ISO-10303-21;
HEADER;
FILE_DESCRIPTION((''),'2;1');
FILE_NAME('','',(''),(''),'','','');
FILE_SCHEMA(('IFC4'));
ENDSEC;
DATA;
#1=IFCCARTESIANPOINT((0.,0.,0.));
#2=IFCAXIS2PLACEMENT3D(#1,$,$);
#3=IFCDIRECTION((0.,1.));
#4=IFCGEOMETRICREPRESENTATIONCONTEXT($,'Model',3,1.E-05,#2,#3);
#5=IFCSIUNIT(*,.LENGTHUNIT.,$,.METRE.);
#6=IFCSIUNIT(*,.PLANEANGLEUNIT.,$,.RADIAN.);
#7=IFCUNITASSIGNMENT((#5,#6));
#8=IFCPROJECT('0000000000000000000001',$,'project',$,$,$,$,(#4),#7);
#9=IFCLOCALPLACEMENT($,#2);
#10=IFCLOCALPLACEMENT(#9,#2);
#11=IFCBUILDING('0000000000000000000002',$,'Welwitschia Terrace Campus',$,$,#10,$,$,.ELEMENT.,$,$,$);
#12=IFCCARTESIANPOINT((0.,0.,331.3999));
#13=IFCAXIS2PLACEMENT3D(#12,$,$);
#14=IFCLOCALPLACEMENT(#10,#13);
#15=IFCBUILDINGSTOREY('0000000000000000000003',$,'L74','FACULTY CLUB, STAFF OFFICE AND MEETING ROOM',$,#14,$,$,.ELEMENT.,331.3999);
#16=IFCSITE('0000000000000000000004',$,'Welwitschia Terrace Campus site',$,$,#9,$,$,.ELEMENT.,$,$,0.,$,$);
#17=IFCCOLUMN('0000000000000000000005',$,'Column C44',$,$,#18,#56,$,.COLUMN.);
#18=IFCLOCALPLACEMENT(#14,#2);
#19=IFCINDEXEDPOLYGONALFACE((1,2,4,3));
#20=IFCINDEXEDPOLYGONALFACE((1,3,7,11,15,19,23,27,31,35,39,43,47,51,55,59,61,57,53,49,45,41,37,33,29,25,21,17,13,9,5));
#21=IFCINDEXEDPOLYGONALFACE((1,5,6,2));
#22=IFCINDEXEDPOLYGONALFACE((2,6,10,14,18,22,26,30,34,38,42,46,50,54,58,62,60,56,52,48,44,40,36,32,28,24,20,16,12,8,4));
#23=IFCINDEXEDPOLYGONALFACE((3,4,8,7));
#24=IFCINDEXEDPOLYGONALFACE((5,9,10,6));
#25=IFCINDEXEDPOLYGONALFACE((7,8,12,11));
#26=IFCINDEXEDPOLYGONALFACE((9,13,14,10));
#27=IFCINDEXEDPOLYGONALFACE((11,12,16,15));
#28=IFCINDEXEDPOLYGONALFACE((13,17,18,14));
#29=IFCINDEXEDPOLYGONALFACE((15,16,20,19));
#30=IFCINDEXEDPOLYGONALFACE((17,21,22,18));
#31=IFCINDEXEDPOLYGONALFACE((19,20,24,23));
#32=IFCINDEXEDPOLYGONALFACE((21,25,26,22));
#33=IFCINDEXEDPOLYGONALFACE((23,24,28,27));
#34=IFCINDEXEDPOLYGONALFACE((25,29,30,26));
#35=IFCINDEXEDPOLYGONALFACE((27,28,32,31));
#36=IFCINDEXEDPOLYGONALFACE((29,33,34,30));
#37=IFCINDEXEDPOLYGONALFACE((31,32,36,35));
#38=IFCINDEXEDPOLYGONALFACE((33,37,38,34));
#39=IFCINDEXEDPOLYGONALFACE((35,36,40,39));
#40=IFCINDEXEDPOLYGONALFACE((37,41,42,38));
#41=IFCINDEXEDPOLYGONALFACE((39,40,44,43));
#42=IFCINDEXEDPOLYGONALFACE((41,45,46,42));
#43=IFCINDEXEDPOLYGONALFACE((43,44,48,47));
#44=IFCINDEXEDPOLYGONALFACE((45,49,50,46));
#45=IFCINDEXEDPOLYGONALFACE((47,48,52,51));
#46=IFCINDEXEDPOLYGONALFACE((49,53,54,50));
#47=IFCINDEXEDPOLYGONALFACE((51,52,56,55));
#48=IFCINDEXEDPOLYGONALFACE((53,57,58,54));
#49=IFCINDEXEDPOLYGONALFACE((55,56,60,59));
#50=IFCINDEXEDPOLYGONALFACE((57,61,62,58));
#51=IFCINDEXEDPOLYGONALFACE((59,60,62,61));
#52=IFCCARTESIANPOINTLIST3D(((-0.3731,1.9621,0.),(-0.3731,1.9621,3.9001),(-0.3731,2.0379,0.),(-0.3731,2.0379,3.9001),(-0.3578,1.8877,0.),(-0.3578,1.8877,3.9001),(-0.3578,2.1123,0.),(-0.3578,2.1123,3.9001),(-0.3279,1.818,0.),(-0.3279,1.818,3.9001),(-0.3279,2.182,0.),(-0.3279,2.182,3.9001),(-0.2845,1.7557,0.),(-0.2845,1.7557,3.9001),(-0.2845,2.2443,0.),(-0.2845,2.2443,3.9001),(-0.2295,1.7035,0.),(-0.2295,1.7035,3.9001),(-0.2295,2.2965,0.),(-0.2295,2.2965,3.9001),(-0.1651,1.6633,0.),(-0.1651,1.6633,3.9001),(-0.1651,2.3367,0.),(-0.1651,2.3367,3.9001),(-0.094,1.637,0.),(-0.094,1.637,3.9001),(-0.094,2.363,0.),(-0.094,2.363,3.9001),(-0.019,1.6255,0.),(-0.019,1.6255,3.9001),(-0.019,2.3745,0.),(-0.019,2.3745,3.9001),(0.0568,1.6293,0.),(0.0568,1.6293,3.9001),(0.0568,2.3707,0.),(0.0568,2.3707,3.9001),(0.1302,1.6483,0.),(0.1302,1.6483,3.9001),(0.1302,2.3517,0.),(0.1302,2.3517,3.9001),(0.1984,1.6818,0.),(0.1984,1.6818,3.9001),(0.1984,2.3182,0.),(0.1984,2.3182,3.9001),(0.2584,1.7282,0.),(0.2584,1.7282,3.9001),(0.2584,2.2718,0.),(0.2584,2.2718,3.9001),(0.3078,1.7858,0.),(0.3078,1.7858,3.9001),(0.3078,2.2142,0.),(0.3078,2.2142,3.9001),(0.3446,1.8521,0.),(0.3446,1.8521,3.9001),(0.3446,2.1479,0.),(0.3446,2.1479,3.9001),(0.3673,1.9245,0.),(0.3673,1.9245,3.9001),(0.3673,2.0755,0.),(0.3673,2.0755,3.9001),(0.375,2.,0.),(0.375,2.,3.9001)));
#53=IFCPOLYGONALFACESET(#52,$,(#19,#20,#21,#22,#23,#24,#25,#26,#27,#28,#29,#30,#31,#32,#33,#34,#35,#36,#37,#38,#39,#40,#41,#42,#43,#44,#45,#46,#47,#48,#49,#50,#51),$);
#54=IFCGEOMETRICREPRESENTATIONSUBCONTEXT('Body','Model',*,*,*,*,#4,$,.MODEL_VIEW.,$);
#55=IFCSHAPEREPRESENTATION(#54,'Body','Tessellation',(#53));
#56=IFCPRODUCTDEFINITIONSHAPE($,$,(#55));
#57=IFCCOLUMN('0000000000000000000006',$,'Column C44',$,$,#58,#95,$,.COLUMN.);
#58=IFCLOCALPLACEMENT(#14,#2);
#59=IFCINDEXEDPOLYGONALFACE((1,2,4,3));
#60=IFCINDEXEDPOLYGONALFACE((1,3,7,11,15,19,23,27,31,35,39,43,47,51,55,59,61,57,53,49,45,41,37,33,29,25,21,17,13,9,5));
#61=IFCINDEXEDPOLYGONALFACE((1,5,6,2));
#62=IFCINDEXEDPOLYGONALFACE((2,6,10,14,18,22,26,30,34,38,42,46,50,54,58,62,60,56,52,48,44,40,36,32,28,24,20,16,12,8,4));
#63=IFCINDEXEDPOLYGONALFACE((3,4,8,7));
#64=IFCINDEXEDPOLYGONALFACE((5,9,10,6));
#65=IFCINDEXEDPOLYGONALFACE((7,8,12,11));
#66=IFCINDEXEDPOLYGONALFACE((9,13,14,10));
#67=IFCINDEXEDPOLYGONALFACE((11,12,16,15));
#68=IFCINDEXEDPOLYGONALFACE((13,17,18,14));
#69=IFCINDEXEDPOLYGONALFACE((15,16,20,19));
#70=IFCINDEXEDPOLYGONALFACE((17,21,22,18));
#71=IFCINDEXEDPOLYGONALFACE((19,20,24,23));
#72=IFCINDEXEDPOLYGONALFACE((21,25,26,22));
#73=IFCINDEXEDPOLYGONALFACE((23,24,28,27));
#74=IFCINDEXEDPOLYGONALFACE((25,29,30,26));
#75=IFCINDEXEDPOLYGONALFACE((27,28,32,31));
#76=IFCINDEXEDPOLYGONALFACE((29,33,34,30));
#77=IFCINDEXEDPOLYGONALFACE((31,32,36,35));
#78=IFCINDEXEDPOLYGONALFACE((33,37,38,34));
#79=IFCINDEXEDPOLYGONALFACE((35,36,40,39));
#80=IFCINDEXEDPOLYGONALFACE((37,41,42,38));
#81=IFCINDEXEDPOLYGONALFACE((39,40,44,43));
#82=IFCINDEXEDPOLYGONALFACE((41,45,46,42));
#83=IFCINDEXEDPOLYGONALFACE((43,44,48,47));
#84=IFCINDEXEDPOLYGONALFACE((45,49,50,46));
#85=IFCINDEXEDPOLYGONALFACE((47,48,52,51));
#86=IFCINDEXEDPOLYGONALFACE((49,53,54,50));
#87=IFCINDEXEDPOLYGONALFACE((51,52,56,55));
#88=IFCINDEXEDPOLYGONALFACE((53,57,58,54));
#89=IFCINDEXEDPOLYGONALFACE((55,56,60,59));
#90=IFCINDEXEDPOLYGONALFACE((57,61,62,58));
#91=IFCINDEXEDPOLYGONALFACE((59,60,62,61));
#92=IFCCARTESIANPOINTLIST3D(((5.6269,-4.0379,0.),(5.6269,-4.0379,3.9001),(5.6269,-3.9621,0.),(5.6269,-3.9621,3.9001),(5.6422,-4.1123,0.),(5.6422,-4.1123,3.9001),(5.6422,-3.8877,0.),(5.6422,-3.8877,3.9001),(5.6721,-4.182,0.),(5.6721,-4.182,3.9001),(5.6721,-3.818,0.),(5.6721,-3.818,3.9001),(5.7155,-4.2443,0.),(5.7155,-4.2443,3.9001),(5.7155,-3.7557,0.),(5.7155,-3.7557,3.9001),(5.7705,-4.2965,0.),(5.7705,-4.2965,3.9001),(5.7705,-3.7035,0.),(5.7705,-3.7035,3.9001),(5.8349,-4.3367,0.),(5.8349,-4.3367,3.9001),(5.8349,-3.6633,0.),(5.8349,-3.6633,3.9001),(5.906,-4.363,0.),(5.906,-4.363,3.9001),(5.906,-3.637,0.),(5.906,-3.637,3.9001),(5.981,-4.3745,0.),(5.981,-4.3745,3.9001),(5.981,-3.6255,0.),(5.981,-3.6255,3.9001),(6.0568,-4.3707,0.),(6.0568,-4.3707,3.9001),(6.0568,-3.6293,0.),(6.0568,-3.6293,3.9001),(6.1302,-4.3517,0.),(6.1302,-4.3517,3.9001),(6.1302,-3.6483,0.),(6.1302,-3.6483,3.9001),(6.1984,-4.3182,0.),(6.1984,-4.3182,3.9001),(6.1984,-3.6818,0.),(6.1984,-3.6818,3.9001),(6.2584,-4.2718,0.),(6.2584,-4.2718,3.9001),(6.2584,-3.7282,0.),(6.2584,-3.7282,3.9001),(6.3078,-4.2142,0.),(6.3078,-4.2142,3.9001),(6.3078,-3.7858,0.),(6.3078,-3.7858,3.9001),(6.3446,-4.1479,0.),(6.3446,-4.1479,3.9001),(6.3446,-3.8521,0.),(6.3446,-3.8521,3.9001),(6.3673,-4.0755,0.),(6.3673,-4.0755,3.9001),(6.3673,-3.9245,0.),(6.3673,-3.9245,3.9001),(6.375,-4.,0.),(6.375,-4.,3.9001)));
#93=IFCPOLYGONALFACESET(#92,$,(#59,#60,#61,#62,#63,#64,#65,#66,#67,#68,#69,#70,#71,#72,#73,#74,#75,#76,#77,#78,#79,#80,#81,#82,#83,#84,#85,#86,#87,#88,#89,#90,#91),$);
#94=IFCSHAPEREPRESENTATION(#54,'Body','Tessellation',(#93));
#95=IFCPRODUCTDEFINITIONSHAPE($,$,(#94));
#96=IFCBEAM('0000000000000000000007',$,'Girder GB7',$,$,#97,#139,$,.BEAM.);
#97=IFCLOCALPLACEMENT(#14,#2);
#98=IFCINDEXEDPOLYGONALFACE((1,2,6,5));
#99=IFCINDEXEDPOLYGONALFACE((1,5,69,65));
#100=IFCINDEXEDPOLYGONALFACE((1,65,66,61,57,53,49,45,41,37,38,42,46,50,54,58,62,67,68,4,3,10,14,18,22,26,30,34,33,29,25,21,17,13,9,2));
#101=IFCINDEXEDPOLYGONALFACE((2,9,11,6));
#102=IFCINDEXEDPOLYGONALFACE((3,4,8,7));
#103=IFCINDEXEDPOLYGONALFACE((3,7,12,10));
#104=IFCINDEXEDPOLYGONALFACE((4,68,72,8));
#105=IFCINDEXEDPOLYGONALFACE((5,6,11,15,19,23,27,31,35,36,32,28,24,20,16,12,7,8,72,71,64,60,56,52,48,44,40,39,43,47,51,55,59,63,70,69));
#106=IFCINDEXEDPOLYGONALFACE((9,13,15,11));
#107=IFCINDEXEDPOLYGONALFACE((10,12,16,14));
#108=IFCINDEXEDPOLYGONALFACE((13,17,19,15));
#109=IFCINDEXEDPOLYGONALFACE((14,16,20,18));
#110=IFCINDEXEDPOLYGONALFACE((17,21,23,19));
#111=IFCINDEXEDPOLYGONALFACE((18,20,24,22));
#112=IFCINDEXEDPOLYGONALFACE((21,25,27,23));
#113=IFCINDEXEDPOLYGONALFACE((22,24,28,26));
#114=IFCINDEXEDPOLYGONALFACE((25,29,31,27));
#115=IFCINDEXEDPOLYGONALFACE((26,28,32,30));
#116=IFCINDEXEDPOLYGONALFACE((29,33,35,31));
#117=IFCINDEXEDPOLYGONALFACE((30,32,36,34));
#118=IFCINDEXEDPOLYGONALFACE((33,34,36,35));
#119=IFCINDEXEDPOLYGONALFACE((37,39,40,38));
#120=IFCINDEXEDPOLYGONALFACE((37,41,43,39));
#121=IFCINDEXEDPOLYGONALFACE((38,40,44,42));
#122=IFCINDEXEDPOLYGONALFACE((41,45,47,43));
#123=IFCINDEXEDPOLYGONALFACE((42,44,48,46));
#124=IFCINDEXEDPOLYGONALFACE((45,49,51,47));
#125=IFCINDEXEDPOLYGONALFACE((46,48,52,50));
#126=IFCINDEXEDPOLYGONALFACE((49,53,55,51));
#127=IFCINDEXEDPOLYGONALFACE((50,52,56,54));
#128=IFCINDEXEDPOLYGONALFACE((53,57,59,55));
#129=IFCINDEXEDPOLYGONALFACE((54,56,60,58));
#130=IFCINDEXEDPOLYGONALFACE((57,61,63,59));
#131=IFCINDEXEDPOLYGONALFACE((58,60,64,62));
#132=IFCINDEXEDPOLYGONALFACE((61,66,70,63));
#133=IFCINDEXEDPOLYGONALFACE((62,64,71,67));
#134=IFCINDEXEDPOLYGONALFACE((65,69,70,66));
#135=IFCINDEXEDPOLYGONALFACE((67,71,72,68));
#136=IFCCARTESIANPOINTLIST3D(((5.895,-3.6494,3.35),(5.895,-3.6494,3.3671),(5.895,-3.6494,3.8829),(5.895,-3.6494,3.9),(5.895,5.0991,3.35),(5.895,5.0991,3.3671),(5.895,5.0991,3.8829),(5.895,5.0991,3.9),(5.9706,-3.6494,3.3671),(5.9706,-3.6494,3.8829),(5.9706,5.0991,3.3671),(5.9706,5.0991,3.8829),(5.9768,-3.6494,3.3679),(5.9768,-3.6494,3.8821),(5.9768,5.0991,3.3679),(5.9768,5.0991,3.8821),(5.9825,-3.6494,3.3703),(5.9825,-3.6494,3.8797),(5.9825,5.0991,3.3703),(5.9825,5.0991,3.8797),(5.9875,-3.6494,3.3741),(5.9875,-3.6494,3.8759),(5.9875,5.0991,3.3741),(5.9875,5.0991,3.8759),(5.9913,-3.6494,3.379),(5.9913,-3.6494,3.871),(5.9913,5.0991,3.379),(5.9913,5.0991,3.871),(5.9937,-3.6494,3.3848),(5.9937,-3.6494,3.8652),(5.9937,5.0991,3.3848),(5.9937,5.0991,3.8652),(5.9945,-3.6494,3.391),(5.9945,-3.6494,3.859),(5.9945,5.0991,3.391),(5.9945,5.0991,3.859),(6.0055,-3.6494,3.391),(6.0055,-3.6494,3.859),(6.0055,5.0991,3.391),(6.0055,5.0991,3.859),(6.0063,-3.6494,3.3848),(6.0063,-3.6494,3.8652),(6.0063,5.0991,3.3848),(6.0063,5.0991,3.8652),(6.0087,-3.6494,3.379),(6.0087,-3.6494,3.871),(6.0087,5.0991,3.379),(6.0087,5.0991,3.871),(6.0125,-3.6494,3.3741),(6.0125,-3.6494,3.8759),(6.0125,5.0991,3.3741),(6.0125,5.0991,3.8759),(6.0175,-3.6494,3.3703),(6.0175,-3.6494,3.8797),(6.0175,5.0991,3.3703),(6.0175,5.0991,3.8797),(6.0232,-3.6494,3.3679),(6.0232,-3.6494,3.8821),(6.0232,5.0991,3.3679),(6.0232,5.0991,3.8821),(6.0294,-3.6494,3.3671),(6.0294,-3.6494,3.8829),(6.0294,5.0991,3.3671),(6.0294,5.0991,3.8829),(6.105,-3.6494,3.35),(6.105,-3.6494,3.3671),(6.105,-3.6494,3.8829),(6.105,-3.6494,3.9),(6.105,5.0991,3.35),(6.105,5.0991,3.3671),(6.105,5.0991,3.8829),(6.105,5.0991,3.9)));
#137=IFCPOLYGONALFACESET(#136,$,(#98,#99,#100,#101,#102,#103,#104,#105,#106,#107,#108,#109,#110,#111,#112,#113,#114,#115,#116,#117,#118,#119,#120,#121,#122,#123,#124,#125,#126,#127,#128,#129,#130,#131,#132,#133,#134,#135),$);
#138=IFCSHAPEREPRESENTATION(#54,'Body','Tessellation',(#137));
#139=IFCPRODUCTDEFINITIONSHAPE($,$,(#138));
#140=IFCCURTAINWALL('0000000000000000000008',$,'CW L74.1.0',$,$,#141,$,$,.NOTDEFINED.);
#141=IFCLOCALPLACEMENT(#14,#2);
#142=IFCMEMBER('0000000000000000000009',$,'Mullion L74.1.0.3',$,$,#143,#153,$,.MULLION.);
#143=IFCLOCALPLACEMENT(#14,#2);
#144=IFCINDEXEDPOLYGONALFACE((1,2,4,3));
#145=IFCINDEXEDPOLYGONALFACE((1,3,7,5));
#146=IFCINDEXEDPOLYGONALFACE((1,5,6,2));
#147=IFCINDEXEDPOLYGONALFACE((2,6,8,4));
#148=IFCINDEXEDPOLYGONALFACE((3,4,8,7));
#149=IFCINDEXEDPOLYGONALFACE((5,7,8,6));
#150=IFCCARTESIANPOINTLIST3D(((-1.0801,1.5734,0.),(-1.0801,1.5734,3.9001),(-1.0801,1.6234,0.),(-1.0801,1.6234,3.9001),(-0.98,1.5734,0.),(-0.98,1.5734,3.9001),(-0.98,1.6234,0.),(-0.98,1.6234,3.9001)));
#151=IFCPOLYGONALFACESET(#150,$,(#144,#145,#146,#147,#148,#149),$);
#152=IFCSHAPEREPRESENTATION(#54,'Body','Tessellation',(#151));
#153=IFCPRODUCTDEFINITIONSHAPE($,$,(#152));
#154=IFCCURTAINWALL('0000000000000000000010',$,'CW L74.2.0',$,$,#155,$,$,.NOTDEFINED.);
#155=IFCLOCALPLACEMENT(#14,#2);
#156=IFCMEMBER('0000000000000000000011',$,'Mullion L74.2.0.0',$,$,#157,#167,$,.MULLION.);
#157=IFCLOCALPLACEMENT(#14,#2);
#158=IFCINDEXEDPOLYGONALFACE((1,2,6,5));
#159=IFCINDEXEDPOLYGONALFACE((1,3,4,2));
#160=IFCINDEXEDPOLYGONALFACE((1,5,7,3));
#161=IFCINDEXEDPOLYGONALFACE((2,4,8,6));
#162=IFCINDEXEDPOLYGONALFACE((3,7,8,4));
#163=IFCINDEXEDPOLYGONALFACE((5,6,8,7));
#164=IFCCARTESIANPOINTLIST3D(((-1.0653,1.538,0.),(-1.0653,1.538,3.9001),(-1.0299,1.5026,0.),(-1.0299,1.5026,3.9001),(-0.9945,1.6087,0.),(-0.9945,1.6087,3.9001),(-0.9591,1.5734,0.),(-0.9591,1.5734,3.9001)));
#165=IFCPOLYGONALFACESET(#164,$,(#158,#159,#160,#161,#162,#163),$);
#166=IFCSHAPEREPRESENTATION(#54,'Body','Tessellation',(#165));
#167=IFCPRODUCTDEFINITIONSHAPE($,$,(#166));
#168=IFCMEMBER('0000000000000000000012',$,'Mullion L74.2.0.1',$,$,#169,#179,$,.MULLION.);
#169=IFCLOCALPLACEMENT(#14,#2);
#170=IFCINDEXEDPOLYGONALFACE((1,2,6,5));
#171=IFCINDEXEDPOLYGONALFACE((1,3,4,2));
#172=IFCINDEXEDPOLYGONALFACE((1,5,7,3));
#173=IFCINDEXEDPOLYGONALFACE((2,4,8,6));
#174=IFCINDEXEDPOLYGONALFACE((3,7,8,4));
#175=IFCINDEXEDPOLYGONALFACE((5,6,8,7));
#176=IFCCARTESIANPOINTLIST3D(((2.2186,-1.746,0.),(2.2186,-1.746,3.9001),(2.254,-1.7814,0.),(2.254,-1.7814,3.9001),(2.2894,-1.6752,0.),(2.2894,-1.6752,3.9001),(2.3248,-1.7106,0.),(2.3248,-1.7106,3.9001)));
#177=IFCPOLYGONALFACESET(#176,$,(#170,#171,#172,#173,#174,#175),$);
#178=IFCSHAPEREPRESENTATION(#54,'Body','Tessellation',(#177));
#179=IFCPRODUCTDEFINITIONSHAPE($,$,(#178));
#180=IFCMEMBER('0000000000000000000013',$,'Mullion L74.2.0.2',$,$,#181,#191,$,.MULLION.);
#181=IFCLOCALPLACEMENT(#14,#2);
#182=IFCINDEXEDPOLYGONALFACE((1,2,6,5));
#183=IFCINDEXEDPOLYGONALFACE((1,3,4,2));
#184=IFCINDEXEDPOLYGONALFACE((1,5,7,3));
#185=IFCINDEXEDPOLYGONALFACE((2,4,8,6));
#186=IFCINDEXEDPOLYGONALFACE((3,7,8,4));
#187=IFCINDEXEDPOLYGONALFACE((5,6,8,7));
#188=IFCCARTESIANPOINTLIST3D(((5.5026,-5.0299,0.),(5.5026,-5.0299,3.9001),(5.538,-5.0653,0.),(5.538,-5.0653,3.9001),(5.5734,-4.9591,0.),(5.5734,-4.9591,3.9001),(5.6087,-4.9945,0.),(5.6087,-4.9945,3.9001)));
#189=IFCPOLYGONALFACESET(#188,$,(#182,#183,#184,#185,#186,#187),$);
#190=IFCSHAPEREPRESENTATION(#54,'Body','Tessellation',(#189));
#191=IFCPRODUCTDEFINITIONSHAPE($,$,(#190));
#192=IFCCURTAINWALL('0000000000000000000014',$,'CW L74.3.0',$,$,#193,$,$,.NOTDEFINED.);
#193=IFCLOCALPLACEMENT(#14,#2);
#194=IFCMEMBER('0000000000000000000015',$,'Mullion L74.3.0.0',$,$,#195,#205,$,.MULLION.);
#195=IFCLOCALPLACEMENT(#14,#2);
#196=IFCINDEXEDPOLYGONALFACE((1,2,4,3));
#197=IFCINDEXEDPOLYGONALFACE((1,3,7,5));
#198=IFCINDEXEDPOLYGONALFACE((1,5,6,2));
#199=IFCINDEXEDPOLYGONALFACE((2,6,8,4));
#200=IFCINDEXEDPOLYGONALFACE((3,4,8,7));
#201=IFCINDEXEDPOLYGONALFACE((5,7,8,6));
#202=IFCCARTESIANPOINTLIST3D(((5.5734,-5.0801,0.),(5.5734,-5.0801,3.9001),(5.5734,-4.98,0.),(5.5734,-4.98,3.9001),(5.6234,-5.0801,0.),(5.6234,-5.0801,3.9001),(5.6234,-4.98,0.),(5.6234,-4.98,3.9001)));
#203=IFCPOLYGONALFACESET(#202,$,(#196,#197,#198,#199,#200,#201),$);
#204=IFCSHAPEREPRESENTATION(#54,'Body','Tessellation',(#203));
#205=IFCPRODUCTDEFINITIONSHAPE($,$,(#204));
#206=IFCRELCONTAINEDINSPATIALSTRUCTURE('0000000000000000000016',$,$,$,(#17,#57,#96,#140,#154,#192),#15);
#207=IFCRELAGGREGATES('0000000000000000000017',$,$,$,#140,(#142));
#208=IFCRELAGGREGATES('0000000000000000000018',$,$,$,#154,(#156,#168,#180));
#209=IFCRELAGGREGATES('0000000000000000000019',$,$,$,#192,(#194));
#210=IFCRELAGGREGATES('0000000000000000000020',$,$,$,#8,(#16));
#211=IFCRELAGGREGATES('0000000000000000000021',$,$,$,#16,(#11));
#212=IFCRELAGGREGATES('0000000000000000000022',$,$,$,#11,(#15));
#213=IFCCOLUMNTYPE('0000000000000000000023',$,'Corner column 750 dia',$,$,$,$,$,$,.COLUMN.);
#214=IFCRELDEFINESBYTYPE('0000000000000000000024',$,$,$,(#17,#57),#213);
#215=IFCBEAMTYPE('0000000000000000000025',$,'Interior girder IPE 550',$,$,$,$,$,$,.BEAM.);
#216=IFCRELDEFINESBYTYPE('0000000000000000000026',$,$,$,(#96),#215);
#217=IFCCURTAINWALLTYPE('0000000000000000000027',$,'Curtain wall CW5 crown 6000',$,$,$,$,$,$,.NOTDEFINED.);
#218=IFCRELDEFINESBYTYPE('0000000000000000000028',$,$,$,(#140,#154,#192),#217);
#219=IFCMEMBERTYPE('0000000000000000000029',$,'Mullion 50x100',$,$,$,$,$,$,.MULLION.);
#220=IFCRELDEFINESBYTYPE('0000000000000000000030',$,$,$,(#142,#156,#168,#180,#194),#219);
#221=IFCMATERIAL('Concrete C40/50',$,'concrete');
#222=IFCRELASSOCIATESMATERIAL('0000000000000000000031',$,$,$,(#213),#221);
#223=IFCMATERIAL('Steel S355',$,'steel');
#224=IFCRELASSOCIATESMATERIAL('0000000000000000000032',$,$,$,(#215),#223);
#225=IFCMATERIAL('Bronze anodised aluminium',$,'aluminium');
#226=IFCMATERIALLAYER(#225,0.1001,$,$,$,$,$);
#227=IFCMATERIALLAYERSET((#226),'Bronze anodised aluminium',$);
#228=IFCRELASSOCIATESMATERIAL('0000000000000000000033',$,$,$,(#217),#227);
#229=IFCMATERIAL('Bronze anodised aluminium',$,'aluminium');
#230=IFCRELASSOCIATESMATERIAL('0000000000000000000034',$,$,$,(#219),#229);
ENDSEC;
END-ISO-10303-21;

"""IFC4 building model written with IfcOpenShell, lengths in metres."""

from ifc_helpers import new_model, si_unit, direction, frame, origin, origin_2d, place, context, subcontext, project, spatial, rectangle, circle, i_section, extrude, material, layer, layer_set, material_profile, profile_set, type_object, element, aggregate, save


model = new_model("IFC4")

# Units and contexts
model_context = context("Model", 3, precision=1e-05, world=origin(), true_north=direction((0.0, 1.0)))
body_context = subcontext(model_context, "Body", "Model", "MODEL_VIEW")
ifc_project = project(units=[si_unit("LENGTHUNIT", "METRE"), si_unit("PLANEANGLEUNIT", "RADIAN")], contexts=[model_context])

# Site, building, storey
site_placement = place(None, origin())
site = spatial("IfcSite", under=ifc_project, at=site_placement, Name="Welwitschia Terrace Campus site", CompositionType="ELEMENT", RefElevation=0.0)
building_placement = place(site_placement, origin())
building = spatial("IfcBuilding", under=site, at=building_placement, Name="Welwitschia Terrace Campus", CompositionType="ELEMENT")
storey_placement = place(building_placement, frame((0.0, 0.0, 331.3999)))
storey = spatial("IfcBuildingStorey", under=building, at=storey_placement, Name="L74", Description="FACULTY CLUB, STAFF OFFICE AND MEETING ROOM", CompositionType="ELEMENT", Elevation=331.3999)

# Columns
ifc_material_1 = material(Name="Concrete C40/50", Category="concrete")
ifc_material_profile_1 = material_profile(ifc_material_1, circle(Radius=0.375, at=origin_2d()))
ifc_profile_set_1 = profile_set([ifc_material_profile_1], Name="Concrete C40/50")
column_type = type_object("IfcColumnType", Name="Corner column 750 dia", PredefinedType="COLUMN", material=ifc_profile_set_1)
for number, where, z_axis, x_axis, name in (
    (1, (0.0, 2.0, 0.0), (0.0, 0.0, 1.0), (1.0, 0.0, 0.0), "Column C44"),
    (2, (6.0, -4.0, 0.0), (0.0, 0.0, 1.0), (1.0, 0.0, 0.0), "Column C44"),
):
    element("IfcColumn", number, at=place(storey_placement, frame(where, z_axis=z_axis, x_axis=x_axis)), inside=storey, type_object=column_type, Name=name, PredefinedType="COLUMN", context=body_context, shape_type="SweptSolid", body=[
        extrude(circle(Radius=0.375, at=origin_2d()), origin(), (0.0, 0.0, 1.0), 3.9001),
    ])

# Beam
ifc_material_2 = material(Name="Steel S355", Category="steel")
ifc_material_profile_2 = material_profile(ifc_material_2, i_section(OverallWidth=0.21, OverallDepth=0.55, WebThickness=0.011, FlangeThickness=0.0171, FilletRadius=0.0239, at=origin_2d()))
ifc_profile_set_2 = profile_set([ifc_material_profile_2], Name="Steel S355")
beam_type_1 = type_object("IfcBeamType", Name="Interior girder IPE 550", PredefinedType="BEAM", material=ifc_profile_set_2)
beam_1_placement = place(storey_placement, frame((6.0, -3.6494, 3.625), z_axis=(0.0, 1.0, 0.0), x_axis=(-1.0, 0.0, 0.0)))
element("IfcBeam", 3, at=beam_1_placement, inside=storey, type_object=beam_type_1, Name="Girder GB7", PredefinedType="BEAM", context=body_context, shape_type="SweptSolid", body=[
    extrude(i_section(OverallWidth=0.21, OverallDepth=0.55, WebThickness=0.011, FlangeThickness=0.0171, FilletRadius=0.0239, at=origin_2d()), origin(), (0.0, 0.0, 1.0), 8.7485),
])

# Curtain wall, member
ifc_material_3 = material(Name="Bronze anodised aluminium", Category="aluminium")
ifc_layer_1 = layer(ifc_material_3, 0.1001)
ifc_layer_set_1 = layer_set([ifc_layer_1], Name="Bronze anodised aluminium")
curtain_wall_type = type_object("IfcCurtainWallType", Name="Curtain wall CW5 crown 6000", PredefinedType="NOTDEFINED", material=ifc_layer_set_1)
curtain_wall_1_placement = place(storey_placement, origin())
curtain_wall_1 = element("IfcCurtainWall", 4, at=curtain_wall_1_placement, inside=storey, type_object=curtain_wall_type, Name="CW L74.1.0", PredefinedType="NOTDEFINED")
ifc_material_4 = material(Name="Bronze anodised aluminium", Category="aluminium")
ifc_material_profile_3 = material_profile(ifc_material_4, rectangle(XDim=0.1001, YDim=0.05, at=origin_2d()))
ifc_profile_set_3 = profile_set([ifc_material_profile_3], Name="Bronze anodised aluminium")
member_type_1 = type_object("IfcMemberType", Name="Mullion 50x100", PredefinedType="MULLION", material=ifc_profile_set_3)
member_1_placement = place(storey_placement, frame((-1.03, 1.5984, 0.0), z_axis=(0.0, 0.0, 1.0), x_axis=(1.0, 0.0, 0.0)))
member_1 = element("IfcMember", 5, at=member_1_placement, type_object=member_type_1, Name="Mullion L74.1.0.3", PredefinedType="MULLION", context=body_context, shape_type="SweptSolid", body=[
    extrude(rectangle(XDim=0.1001, YDim=0.05, at=origin_2d()), origin(), (0.0, 0.0, 1.0), 3.9001),
])

# Curtain walls, members
curtain_wall_2_placement = place(storey_placement, origin())
curtain_wall_2 = element("IfcCurtainWall", 6, at=curtain_wall_2_placement, inside=storey, type_object=curtain_wall_type, Name="CW L74.2.0", PredefinedType="NOTDEFINED")
member_2_placement = place(storey_placement, frame((-1.0122, 1.5557, 0.0), z_axis=(0.0, 0.0, 1.0), x_axis=(0.707107, 0.707107, 0.0)))
member_2 = element("IfcMember", 7, at=member_2_placement, type_object=member_type_1, Name="Mullion L74.2.0.0", PredefinedType="MULLION", context=body_context, shape_type="SweptSolid", body=[
    extrude(rectangle(XDim=0.1001, YDim=0.05, at=origin_2d()), origin(), (0.0, 0.0, 1.0), 3.9001),
])
member_3_placement = place(storey_placement, frame((2.2717, -1.7283, 0.0), z_axis=(0.0, 0.0, 1.0), x_axis=(0.707107, 0.707107, 0.0)))
member_3 = element("IfcMember", 8, at=member_3_placement, type_object=member_type_1, Name="Mullion L74.2.0.1", PredefinedType="MULLION", context=body_context, shape_type="SweptSolid", body=[
    extrude(rectangle(XDim=0.1001, YDim=0.05, at=origin_2d()), origin(), (0.0, 0.0, 1.0), 3.9001),
])
member_4_placement = place(storey_placement, frame((5.5557, -5.0122, 0.0), z_axis=(0.0, 0.0, 1.0), x_axis=(0.707107, 0.707107, 0.0)))
member_4 = element("IfcMember", 9, at=member_4_placement, type_object=member_type_1, Name="Mullion L74.2.0.2", PredefinedType="MULLION", context=body_context, shape_type="SweptSolid", body=[
    extrude(rectangle(XDim=0.1001, YDim=0.05, at=origin_2d()), origin(), (0.0, 0.0, 1.0), 3.9001),
])
curtain_wall_3_placement = place(storey_placement, origin())
curtain_wall_3 = element("IfcCurtainWall", 10, at=curtain_wall_3_placement, inside=storey, type_object=curtain_wall_type, Name="CW L74.3.0", PredefinedType="NOTDEFINED")
member_5_placement = place(storey_placement, frame((5.5984, -5.03, 0.0), z_axis=(0.0, 0.0, 1.0), x_axis=(0.0, 1.0, 0.0)))
member_5 = element("IfcMember", 11, at=member_5_placement, type_object=member_type_1, Name="Mullion L74.3.0.0", PredefinedType="MULLION", context=body_context, shape_type="SweptSolid", body=[
    extrude(rectangle(XDim=0.1001, YDim=0.05, at=origin_2d()), origin(), (0.0, 0.0, 1.0), 3.9001),
])

aggregate(curtain_wall_1, [member_1])
aggregate(curtain_wall_2, [member_2, member_3, member_4])
aggregate(curtain_wall_3, [member_5])

save(model, "model.ifc")
